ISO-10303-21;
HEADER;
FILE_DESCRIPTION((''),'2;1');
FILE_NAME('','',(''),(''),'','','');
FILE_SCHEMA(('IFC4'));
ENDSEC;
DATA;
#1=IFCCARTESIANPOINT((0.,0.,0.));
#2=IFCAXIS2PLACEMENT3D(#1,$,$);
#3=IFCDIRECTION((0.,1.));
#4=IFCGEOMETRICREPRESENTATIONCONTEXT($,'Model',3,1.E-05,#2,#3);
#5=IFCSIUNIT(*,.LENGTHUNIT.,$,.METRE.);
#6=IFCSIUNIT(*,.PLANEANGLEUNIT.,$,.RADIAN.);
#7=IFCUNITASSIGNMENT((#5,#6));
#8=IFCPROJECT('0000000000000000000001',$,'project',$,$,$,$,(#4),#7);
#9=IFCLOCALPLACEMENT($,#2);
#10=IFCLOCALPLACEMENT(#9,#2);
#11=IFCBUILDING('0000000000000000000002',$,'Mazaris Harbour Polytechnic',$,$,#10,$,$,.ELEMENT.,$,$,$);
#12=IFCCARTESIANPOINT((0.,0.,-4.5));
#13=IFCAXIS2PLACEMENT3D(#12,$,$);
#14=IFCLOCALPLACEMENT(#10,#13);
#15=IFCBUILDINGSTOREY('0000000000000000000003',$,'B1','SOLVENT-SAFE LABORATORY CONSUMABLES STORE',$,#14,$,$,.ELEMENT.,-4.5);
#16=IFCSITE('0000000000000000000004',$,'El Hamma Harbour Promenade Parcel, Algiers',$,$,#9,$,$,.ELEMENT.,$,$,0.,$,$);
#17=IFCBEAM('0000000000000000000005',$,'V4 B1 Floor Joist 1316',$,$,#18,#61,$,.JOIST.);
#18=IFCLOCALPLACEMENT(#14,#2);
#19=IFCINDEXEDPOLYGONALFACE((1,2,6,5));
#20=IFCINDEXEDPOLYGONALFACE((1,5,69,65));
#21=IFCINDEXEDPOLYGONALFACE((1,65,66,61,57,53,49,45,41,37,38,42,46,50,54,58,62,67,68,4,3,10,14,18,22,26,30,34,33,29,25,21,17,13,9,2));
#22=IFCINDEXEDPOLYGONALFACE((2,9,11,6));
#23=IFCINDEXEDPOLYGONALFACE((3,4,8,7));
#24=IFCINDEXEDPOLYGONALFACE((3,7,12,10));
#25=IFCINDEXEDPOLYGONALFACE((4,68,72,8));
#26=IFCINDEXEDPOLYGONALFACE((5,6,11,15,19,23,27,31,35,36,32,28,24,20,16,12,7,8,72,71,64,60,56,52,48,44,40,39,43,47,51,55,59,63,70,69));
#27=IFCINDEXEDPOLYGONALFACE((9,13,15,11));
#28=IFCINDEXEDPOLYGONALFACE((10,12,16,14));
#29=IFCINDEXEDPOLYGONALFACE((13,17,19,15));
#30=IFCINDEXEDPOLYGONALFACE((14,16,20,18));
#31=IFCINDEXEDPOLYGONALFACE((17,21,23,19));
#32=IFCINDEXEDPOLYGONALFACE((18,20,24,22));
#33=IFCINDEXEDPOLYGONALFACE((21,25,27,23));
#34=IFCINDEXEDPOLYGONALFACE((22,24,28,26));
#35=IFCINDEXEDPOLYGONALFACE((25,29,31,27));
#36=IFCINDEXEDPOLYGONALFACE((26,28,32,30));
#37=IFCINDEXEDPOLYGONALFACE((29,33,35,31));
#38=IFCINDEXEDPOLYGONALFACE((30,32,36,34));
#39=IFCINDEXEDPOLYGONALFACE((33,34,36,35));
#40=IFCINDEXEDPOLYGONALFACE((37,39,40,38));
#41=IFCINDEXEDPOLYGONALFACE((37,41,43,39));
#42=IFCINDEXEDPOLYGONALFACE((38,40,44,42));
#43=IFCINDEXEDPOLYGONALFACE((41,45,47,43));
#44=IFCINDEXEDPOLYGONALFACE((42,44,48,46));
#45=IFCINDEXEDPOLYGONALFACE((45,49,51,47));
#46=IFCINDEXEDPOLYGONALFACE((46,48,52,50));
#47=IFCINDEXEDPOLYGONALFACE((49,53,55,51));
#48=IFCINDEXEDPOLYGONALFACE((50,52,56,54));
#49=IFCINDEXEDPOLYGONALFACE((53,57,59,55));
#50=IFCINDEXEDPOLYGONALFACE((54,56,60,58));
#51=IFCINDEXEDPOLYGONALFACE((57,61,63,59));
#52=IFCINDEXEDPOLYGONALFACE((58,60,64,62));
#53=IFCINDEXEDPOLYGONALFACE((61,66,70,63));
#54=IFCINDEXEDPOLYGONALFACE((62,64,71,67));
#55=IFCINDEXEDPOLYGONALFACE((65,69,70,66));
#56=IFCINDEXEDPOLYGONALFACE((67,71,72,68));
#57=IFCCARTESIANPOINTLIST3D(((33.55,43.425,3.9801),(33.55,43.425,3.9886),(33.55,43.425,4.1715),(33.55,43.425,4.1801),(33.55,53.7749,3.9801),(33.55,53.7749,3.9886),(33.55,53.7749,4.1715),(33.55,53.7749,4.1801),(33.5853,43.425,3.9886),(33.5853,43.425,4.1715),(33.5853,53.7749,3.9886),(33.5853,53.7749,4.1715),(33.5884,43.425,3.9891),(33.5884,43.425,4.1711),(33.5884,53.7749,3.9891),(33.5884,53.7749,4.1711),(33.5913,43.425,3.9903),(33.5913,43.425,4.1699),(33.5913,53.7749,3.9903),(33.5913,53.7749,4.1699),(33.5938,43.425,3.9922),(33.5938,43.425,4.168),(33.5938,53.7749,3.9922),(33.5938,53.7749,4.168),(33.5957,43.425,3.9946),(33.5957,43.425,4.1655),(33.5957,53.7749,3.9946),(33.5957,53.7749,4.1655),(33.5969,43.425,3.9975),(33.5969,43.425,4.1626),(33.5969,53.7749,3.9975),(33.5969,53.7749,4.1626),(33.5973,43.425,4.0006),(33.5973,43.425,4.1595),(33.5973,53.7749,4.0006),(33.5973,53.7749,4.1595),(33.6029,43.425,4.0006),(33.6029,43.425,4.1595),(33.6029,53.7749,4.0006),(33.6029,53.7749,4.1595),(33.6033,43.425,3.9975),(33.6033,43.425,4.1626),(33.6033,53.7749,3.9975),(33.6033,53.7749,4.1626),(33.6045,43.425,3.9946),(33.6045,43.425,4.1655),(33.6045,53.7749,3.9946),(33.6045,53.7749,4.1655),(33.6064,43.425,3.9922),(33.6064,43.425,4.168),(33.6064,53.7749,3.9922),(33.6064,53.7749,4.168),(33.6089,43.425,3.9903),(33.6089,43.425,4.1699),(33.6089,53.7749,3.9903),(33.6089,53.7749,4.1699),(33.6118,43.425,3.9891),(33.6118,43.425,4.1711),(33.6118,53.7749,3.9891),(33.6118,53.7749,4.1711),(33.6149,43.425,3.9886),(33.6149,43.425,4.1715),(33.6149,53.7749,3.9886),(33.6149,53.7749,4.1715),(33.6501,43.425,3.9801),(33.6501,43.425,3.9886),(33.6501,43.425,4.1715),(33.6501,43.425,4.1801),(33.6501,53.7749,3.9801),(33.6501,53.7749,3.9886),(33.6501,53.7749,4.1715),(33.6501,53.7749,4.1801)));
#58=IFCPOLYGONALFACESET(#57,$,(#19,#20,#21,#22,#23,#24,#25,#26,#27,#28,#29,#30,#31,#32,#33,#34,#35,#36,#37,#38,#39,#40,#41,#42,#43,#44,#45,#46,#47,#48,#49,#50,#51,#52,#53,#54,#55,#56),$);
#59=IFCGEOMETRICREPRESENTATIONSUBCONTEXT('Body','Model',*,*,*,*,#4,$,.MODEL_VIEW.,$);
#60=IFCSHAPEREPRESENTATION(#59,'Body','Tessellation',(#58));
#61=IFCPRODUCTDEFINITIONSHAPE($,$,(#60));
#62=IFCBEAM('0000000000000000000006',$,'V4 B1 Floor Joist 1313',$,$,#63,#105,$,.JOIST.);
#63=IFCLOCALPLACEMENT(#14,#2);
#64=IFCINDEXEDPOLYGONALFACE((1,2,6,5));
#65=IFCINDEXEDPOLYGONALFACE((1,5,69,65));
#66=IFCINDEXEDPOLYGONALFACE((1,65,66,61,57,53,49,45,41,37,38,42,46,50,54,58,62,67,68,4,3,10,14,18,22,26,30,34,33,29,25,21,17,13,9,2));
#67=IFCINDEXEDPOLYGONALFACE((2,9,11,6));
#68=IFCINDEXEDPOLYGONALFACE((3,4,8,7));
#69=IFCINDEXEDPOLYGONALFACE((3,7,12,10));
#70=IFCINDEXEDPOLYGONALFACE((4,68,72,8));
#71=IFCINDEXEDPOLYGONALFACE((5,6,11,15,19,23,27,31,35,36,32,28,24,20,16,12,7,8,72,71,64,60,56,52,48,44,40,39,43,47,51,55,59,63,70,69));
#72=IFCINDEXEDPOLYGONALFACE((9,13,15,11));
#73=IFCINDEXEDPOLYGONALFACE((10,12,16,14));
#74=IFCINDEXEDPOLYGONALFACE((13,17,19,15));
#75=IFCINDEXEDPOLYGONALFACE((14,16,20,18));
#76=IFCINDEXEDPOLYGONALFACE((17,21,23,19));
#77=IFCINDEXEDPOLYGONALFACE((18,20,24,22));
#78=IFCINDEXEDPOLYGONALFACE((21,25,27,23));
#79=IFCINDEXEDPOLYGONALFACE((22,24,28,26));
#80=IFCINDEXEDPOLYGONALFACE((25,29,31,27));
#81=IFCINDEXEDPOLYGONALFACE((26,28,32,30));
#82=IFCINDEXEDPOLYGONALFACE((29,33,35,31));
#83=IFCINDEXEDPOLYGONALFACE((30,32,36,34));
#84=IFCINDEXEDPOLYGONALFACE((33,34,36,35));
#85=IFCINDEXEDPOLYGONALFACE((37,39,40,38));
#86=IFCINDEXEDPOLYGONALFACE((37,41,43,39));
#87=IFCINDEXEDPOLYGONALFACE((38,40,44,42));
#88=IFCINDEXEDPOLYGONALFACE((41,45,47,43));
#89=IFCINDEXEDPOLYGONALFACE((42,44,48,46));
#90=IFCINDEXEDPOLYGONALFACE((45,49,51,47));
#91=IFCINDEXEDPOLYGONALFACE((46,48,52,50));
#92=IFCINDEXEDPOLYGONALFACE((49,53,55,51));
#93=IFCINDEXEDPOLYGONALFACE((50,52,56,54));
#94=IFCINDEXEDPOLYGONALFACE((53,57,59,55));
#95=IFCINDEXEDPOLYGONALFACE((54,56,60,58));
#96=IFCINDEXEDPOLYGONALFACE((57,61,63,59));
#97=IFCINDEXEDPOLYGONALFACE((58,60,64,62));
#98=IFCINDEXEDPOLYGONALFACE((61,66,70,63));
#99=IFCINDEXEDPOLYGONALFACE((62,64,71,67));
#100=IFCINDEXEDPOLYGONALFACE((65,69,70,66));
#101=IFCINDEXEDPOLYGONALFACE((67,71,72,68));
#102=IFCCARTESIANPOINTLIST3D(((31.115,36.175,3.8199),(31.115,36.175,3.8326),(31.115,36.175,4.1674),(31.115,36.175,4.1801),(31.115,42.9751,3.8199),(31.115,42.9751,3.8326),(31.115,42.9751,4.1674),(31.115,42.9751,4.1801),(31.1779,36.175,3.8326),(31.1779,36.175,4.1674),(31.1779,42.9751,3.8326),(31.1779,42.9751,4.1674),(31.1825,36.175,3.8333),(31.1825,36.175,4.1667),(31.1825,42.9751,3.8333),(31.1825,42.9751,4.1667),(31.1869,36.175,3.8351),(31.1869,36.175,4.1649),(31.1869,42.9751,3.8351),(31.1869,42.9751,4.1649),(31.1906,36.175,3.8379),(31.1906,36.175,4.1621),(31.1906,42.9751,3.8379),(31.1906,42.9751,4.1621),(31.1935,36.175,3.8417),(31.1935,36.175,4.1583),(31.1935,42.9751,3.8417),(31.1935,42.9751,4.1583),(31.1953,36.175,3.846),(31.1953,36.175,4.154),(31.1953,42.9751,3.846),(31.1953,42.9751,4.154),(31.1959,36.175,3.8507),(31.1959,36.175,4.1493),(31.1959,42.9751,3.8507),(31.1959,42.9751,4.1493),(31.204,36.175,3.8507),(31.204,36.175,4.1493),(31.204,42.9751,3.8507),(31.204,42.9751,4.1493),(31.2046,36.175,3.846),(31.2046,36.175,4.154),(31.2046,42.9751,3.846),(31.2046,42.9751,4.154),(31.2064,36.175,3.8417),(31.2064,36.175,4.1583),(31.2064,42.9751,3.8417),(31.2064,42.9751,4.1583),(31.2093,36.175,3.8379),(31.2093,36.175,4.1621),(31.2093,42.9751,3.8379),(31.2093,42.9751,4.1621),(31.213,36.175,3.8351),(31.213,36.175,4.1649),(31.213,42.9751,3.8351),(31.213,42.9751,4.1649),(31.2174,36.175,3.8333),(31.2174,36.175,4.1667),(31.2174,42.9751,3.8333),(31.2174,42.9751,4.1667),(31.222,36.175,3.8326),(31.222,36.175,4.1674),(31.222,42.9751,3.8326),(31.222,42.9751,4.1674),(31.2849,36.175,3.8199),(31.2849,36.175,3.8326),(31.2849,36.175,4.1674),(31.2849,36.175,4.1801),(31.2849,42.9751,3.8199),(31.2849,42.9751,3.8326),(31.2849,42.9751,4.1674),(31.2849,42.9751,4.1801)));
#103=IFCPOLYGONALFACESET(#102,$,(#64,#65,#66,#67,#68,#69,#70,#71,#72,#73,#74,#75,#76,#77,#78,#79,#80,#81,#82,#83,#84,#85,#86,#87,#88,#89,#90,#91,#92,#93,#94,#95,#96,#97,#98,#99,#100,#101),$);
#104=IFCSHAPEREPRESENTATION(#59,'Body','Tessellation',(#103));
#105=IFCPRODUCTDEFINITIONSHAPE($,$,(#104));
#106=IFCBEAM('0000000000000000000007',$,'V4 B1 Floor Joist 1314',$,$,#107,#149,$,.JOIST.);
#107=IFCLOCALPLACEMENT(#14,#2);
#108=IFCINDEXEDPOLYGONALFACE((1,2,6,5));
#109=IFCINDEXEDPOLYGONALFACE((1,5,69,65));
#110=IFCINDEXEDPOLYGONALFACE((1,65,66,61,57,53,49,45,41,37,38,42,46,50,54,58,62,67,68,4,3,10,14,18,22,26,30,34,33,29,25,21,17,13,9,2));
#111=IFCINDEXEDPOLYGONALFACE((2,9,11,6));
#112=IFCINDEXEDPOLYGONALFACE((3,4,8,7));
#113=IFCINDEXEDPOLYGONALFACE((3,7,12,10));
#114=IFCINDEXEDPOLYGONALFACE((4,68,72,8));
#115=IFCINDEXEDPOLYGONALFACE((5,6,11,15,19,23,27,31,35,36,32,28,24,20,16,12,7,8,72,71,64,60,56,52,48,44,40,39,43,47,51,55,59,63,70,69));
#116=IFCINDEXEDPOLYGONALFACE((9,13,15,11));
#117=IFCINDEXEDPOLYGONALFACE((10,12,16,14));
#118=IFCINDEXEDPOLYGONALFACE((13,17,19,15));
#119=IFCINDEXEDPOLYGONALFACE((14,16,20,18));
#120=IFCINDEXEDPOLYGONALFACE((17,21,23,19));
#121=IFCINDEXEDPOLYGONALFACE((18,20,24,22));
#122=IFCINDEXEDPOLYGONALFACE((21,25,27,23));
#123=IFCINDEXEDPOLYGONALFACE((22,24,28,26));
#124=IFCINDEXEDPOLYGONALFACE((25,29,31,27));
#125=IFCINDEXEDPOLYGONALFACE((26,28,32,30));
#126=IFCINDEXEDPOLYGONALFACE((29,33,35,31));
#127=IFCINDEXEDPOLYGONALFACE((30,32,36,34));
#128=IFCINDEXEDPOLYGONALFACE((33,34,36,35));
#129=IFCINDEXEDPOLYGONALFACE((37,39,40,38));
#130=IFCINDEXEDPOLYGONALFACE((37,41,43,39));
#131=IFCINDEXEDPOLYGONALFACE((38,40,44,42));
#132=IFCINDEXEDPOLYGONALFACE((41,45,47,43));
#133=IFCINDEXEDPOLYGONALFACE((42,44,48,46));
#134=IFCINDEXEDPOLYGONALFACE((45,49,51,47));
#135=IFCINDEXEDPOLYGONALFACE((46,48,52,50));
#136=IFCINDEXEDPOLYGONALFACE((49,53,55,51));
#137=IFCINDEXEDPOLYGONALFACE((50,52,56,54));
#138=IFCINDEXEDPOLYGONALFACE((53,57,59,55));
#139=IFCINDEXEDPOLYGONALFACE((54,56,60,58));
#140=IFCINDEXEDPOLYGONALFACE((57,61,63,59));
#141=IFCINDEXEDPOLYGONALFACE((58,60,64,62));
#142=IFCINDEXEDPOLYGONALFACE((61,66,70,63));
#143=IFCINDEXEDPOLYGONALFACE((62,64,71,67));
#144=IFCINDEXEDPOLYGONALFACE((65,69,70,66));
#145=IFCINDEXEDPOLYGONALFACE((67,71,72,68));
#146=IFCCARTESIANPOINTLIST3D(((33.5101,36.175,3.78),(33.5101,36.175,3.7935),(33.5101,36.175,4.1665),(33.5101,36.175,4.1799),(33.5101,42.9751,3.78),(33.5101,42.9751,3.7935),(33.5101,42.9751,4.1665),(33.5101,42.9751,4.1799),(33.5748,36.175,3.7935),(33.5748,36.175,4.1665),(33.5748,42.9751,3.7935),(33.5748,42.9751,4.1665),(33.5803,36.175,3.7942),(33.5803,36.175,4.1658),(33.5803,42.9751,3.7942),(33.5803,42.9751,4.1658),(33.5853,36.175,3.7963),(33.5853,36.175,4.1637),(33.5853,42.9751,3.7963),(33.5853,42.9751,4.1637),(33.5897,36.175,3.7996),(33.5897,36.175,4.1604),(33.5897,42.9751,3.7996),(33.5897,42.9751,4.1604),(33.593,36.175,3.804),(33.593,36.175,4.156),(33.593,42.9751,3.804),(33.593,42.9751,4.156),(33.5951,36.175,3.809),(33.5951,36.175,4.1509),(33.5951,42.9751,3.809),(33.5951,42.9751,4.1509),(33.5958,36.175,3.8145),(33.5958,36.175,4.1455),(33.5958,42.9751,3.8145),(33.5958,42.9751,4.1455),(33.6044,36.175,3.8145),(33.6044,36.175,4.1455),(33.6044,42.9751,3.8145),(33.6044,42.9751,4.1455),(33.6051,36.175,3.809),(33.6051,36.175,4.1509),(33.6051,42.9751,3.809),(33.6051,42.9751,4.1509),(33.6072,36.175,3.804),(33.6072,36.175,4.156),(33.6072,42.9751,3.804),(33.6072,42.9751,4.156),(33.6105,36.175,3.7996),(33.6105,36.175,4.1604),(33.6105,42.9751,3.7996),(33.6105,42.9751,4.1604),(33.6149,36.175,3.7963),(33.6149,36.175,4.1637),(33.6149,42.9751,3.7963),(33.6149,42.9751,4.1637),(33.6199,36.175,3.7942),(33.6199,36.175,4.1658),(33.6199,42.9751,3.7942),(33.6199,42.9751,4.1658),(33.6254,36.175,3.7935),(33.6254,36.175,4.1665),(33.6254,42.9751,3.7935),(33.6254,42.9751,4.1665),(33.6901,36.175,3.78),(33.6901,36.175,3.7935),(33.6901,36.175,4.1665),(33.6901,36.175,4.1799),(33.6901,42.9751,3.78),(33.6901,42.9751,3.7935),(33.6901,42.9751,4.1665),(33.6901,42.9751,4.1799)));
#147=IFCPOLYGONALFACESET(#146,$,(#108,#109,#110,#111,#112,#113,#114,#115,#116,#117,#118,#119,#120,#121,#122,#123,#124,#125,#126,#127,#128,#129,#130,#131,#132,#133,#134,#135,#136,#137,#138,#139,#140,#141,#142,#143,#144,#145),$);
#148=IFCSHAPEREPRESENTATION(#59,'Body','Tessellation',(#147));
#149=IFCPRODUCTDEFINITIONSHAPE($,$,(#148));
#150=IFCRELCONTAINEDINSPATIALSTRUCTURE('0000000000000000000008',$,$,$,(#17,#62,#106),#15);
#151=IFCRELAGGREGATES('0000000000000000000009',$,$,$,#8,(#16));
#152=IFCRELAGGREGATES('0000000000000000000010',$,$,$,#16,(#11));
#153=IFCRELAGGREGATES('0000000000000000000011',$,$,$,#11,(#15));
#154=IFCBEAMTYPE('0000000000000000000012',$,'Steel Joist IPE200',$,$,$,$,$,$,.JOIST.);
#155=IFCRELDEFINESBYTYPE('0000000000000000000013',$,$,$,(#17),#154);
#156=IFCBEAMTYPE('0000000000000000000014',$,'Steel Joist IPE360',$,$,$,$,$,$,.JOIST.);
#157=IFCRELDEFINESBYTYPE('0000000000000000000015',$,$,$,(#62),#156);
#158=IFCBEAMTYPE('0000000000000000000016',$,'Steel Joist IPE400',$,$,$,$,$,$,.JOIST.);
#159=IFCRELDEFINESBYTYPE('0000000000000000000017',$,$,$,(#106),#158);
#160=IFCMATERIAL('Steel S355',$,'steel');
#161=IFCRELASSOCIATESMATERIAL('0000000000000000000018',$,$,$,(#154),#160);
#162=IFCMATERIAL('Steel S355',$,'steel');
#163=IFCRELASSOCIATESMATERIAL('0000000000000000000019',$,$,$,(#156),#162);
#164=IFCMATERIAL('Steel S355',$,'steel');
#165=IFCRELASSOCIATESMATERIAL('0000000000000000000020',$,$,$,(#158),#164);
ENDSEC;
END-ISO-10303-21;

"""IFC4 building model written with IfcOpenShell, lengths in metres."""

from ifc_helpers import new_model, si_unit, direction, frame, origin, origin_2d, place, context, subcontext, project, spatial, i_section, extrude, material, material_profile, profile_set, type_object, element, save


model = new_model("IFC4")

# Units and contexts
model_context = context("Model", 3, precision=1e-05, world=origin(), true_north=direction((0.0, 1.0)))
body_context = subcontext(model_context, "Body", "Model", "MODEL_VIEW")
ifc_project = project(units=[si_unit("LENGTHUNIT", "METRE"), si_unit("PLANEANGLEUNIT", "RADIAN")], contexts=[model_context])

# Site, building, storey
site_placement = place(None, origin())
site = spatial("IfcSite", under=ifc_project, at=site_placement, Name="El Hamma Harbour Promenade Parcel, Algiers", CompositionType="ELEMENT", RefElevation=0.0)
building_placement = place(site_placement, origin())
building = spatial("IfcBuilding", under=site, at=building_placement, Name="Mazaris Harbour Polytechnic", CompositionType="ELEMENT")
storey_placement = place(building_placement, frame((0.0, 0.0, -4.5)))
storey = spatial("IfcBuildingStorey", under=building, at=storey_placement, Name="B1", Description="SOLVENT-SAFE LABORATORY CONSUMABLES STORE", CompositionType="ELEMENT", Elevation=-4.5)

# Beams
ifc_material_1 = material(Name="Steel S355", Category="steel")
ifc_material_profile_1 = material_profile(ifc_material_1, i_section(OverallWidth=0.1001, OverallDepth=0.2, WebThickness=0.0056, FlangeThickness=0.0085, FilletRadius=0.012, at=origin_2d()), Name="IPE 200")
ifc_profile_set_1 = profile_set([ifc_material_profile_1], Name="Steel S355")
beam_type_1 = type_object("IfcBeamType", Name="Steel Joist IPE200", PredefinedType="JOIST", material=ifc_profile_set_1)
beam_1_placement = place(storey_placement, frame((33.6001, 43.425, 4.0801), z_axis=(0.0, 1.0, 0.0), x_axis=(-1.0, 0.0, 0.0)))
element("IfcBeam", 1, at=beam_1_placement, inside=storey, type_object=beam_type_1, Name="V4 B1 Floor Joist 1316", PredefinedType="JOIST", context=body_context, shape_type="SweptSolid", body=[
    extrude(i_section(OverallWidth=0.1001, OverallDepth=0.2, WebThickness=0.0056, FlangeThickness=0.0085, FilletRadius=0.012, at=origin_2d()), origin(), (0.0, 0.0, 1.0), 10.3499),
])
ifc_material_2 = material(Name="Steel S355", Category="steel")
ifc_material_profile_2 = material_profile(ifc_material_2, i_section(OverallWidth=0.1699, OverallDepth=0.3601, WebThickness=0.0081, FlangeThickness=0.0127, FilletRadius=0.0181, at=origin_2d()), Name="IPE 360")
ifc_profile_set_2 = profile_set([ifc_material_profile_2], Name="Steel S355")
beam_type_2 = type_object("IfcBeamType", Name="Steel Joist IPE360", PredefinedType="JOIST", material=ifc_profile_set_2)
beam_2_placement = place(storey_placement, frame((31.2, 36.175, 4.0), z_axis=(0.0, 1.0, 0.0), x_axis=(-1.0, 0.0, 0.0)))
element("IfcBeam", 2, at=beam_2_placement, inside=storey, type_object=beam_type_2, Name="V4 B1 Floor Joist 1313", PredefinedType="JOIST", context=body_context, shape_type="SweptSolid", body=[
    extrude(i_section(OverallWidth=0.1699, OverallDepth=0.3601, WebThickness=0.0081, FlangeThickness=0.0127, FilletRadius=0.0181, at=origin_2d()), origin(), (0.0, 0.0, 1.0), 6.8),
])
ifc_material_3 = material(Name="Steel S355", Category="steel")
ifc_material_profile_3 = material_profile(ifc_material_3, i_section(OverallWidth=0.1799, OverallDepth=0.3999, WebThickness=0.0085, FlangeThickness=0.0134, FilletRadius=0.021, at=origin_2d()), Name="IPE 400")
ifc_profile_set_3 = profile_set([ifc_material_profile_3], Name="Steel S355")
beam_type_3 = type_object("IfcBeamType", Name="Steel Joist IPE400", PredefinedType="JOIST", material=ifc_profile_set_3)
beam_3_placement = place(storey_placement, frame((33.6001, 36.175, 3.98), z_axis=(0.0, 1.0, 0.0), x_axis=(-1.0, 0.0, 0.0)))
element("IfcBeam", 3, at=beam_3_placement, inside=storey, type_object=beam_type_3, Name="V4 B1 Floor Joist 1314", PredefinedType="JOIST", context=body_context, shape_type="SweptSolid", body=[
    extrude(i_section(OverallWidth=0.1799, OverallDepth=0.3999, WebThickness=0.0085, FlangeThickness=0.0134, FilletRadius=0.021, at=origin_2d()), origin(), (0.0, 0.0, 1.0), 6.8),
])

save(model, "model.ifc")
